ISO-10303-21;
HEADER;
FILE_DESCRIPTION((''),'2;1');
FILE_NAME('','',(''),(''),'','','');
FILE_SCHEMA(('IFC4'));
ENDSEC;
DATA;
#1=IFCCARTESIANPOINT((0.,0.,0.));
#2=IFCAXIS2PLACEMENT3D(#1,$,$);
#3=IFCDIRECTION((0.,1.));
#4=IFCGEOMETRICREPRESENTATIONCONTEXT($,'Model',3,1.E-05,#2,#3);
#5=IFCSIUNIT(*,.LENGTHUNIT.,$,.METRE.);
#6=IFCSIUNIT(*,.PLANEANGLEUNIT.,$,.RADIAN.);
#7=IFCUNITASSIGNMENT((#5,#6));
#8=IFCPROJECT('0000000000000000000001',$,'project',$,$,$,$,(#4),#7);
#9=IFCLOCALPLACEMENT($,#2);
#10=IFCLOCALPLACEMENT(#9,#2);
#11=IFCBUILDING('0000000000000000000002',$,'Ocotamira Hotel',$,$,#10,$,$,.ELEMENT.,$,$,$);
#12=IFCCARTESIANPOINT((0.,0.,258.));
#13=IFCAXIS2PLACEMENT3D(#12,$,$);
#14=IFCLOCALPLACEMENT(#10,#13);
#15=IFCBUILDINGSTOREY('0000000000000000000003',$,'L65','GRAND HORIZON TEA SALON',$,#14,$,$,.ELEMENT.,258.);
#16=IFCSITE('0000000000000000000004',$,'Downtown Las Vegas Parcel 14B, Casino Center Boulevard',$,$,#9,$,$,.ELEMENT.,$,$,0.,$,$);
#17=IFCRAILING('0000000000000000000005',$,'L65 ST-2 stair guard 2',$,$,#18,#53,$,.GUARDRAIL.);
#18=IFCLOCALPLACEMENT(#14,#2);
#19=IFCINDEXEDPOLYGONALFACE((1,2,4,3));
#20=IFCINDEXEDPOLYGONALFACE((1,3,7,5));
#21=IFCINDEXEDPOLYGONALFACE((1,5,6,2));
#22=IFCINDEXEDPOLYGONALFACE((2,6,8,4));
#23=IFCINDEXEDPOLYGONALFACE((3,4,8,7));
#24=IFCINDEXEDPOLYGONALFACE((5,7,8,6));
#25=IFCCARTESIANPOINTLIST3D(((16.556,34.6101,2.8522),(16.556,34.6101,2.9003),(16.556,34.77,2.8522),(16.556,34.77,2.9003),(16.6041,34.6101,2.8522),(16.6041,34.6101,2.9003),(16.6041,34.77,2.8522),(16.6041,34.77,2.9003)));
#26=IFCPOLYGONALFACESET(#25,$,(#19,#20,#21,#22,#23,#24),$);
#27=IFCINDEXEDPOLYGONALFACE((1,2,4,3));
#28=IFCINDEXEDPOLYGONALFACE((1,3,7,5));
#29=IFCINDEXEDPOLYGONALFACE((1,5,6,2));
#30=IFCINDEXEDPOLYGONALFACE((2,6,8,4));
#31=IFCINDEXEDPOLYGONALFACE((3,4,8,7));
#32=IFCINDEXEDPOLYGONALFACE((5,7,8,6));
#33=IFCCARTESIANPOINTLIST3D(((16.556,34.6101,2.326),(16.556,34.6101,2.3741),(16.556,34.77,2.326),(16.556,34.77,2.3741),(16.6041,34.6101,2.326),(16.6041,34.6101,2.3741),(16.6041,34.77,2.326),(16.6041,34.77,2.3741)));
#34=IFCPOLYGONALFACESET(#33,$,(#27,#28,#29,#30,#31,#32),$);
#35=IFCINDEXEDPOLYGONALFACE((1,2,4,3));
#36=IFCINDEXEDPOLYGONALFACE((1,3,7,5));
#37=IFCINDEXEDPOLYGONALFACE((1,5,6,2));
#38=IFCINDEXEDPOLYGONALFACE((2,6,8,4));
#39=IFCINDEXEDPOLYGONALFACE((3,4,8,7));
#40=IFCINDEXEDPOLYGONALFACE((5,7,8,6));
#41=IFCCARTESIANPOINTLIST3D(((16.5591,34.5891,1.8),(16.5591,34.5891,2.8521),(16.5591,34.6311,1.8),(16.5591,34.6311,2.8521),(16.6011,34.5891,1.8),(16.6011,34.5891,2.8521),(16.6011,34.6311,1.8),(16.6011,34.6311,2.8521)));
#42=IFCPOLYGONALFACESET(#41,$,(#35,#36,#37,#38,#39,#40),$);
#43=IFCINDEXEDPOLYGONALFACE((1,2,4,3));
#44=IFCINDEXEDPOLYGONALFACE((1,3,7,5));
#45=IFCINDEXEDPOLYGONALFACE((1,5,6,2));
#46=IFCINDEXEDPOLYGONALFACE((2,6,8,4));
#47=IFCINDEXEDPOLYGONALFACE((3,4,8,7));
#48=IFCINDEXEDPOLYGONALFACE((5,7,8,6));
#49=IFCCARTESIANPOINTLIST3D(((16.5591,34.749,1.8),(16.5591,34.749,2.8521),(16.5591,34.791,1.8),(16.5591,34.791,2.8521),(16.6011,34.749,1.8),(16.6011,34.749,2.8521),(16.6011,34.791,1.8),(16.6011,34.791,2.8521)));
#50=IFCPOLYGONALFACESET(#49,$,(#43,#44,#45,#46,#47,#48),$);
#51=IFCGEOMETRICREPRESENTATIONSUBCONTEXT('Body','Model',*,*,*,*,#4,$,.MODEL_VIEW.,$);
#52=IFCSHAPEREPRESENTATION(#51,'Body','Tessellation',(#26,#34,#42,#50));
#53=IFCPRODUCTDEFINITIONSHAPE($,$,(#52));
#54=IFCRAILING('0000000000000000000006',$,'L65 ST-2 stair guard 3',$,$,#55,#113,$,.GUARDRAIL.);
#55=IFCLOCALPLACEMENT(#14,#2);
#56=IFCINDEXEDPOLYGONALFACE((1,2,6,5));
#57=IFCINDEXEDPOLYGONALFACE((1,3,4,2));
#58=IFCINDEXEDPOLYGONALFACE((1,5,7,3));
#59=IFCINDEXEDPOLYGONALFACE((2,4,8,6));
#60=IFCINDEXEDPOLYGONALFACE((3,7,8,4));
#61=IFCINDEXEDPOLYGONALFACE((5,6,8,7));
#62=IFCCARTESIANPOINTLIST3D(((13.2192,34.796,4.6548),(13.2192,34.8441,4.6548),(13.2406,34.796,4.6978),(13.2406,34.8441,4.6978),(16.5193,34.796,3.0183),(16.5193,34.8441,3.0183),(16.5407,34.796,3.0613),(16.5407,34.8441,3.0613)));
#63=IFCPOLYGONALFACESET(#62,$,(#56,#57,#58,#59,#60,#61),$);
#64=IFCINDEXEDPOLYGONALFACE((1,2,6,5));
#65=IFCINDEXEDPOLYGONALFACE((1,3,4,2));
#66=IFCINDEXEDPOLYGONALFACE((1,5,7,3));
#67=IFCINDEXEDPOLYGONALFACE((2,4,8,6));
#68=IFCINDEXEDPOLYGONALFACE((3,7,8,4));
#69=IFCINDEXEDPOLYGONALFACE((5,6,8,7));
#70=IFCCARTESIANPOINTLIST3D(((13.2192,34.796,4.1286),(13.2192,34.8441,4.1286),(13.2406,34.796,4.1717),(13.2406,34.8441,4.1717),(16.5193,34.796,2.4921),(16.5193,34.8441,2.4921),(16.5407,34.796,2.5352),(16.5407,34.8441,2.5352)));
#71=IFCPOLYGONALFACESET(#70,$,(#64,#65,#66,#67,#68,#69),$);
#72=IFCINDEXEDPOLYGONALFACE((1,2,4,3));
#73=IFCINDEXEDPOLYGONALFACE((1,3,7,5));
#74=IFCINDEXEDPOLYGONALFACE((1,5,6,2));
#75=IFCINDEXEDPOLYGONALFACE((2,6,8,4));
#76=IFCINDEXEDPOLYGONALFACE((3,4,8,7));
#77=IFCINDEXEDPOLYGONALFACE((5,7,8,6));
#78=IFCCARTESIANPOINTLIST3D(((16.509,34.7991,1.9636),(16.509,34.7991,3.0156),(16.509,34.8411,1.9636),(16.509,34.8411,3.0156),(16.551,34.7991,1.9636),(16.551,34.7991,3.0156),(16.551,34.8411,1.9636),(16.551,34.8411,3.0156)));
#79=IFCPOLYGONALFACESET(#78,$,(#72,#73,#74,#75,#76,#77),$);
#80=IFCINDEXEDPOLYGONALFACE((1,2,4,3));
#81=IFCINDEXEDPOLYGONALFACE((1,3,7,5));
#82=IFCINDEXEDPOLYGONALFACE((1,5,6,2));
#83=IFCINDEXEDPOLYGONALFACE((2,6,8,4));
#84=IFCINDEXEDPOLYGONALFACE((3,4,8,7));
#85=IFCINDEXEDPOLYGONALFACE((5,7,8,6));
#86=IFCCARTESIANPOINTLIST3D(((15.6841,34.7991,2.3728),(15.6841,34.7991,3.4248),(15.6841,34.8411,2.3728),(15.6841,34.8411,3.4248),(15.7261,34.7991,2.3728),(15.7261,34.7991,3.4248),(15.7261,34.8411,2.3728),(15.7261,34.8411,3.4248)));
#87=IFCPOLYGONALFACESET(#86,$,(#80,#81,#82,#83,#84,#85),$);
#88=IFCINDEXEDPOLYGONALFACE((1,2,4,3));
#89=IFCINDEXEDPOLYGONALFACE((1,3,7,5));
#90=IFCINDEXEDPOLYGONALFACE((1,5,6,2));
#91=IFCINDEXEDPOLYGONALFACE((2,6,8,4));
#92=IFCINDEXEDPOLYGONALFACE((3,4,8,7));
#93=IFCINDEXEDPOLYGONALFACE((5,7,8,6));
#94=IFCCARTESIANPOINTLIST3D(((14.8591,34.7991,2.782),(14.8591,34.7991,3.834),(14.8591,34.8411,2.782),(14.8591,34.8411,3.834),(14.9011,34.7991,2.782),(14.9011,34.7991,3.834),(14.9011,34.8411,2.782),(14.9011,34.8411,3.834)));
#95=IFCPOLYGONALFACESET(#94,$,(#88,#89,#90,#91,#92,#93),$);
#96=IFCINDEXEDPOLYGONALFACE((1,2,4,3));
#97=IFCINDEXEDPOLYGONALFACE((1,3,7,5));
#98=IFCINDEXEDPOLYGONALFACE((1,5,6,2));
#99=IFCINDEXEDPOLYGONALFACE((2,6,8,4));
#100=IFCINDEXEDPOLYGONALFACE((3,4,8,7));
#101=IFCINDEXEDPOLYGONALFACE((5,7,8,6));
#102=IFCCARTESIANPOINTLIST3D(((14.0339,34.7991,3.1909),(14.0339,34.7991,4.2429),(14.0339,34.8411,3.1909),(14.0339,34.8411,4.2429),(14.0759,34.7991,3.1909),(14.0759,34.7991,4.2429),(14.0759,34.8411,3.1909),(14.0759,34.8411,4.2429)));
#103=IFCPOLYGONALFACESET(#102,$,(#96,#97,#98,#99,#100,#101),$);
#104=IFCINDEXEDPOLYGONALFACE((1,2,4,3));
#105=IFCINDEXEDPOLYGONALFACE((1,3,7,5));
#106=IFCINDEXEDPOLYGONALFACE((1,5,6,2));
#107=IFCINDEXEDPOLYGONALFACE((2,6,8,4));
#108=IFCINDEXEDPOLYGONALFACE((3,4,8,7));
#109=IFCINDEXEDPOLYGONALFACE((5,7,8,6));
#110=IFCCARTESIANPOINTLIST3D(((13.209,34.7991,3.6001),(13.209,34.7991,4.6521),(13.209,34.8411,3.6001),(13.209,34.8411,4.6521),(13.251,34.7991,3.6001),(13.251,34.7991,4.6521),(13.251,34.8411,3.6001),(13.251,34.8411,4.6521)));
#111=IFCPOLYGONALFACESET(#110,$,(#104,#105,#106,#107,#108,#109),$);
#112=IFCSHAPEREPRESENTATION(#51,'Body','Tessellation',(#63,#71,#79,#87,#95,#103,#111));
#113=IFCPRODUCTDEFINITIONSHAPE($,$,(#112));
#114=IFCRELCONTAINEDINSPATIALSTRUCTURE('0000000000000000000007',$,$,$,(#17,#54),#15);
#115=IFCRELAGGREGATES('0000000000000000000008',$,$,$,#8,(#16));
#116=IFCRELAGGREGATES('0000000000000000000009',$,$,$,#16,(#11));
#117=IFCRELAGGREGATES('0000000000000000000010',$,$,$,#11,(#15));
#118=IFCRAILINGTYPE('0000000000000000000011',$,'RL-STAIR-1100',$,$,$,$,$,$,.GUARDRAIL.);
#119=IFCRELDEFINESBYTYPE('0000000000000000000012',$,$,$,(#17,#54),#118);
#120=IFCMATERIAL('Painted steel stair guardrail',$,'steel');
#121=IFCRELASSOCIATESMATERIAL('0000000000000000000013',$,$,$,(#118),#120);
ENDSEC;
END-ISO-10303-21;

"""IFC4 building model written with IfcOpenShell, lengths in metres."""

from ifc_helpers import new_model, si_unit, direction, frame, origin, origin_2d, place, context, subcontext, project, spatial, rectangle, extrude, material, type_object, element, save


model = new_model("IFC4")

# Units and contexts
model_context = context("Model", 3, precision=1e-05, world=origin(), true_north=direction((0.0, 1.0)))
body_context = subcontext(model_context, "Body", "Model", "MODEL_VIEW")
ifc_project = project(units=[si_unit("LENGTHUNIT", "METRE"), si_unit("PLANEANGLEUNIT", "RADIAN")], contexts=[model_context])

# Site, building, storey
site_placement = place(None, origin())
site = spatial("IfcSite", under=ifc_project, at=site_placement, Name="Downtown Las Vegas Parcel 14B, Casino Center Boulevard", CompositionType="ELEMENT", RefElevation=0.0)
building_placement = place(site_placement, origin())
building = spatial("IfcBuilding", under=site, at=building_placement, Name="Ocotamira Hotel", CompositionType="ELEMENT")
storey_placement = place(building_placement, frame((0.0, 0.0, 258.0)))
storey = spatial("IfcBuildingStorey", under=building, at=storey_placement, Name="L65", Description="GRAND HORIZON TEA SALON", CompositionType="ELEMENT", Elevation=258.0)

# Railings
ifc_material_1 = material(Name="Painted steel stair guardrail", Category="steel")
railing_type_1 = type_object("IfcRailingType", Name="RL-STAIR-1100", PredefinedType="GUARDRAIL", material=ifc_material_1)
railing_1_placement = place(storey_placement, frame((16.5801, 34.6101, 1.8)))
element("IfcRailing", 1, at=railing_1_placement, inside=storey, type_object=railing_type_1, Name="L65 ST-2 stair guard 2", PredefinedType="GUARDRAIL", context=body_context, shape_type="SweptSolid", body=[
    extrude(rectangle(XDim=0.0481, YDim=0.0481, at=origin_2d()), frame((0.0, 0.0, 1.0762), z_axis=(0.0, 1.0, 0.0), x_axis=(-1.0, 0.0, 0.0)), (0.0, 0.0, 1.0), 0.1599),
    extrude(rectangle(XDim=0.0481, YDim=0.0481, at=origin_2d()), frame((0.0, 0.0, 0.55), z_axis=(0.0, 1.0, 0.0), x_axis=(-1.0, 0.0, 0.0)), (0.0, 0.0, 1.0), 0.1599),
    extrude(rectangle(XDim=0.042, YDim=0.042, at=origin_2d()), origin(), (0.0, 0.0, 1.0), 1.052),
    extrude(rectangle(XDim=0.042, YDim=0.042, at=origin_2d()), frame((0.0, 0.1599, 0.0)), (0.0, 0.0, 1.0), 1.052),
])
railing_2_placement = place(storey_placement, frame((16.53, 34.8201, 1.9636)))
element("IfcRailing", 2, at=railing_2_placement, inside=storey, type_object=railing_type_1, Name="L65 ST-2 stair guard 3", PredefinedType="GUARDRAIL", context=body_context, shape_type="SweptSolid", body=[
    extrude(rectangle(XDim=0.0481, YDim=0.0481, at=origin_2d()), frame((0.0, 0.0, 1.0762), z_axis=(-0.895894, 0.0, 0.444268), x_axis=(0.0, -1.0, 0.0)), (0.0, 0.0, 1.0), 3.6836),
    extrude(rectangle(XDim=0.0481, YDim=0.0481, at=origin_2d()), frame((0.0, 0.0, 0.55), z_axis=(-0.895894, 0.0, 0.444268), x_axis=(0.0, -1.0, 0.0)), (0.0, 0.0, 1.0), 3.6836),
    extrude(rectangle(XDim=0.042, YDim=0.042, at=origin_2d()), origin(), (0.0, 0.0, 1.0), 1.052),
    extrude(rectangle(XDim=0.042, YDim=0.042, at=origin_2d()), frame((-0.825, 0.0, 0.4092)), (0.0, 0.0, 1.0), 1.052),
    extrude(rectangle(XDim=0.042, YDim=0.042, at=origin_2d()), frame((-1.6499, 0.0, 0.8184)), (0.0, 0.0, 1.0), 1.052),
    extrude(rectangle(XDim=0.042, YDim=0.042, at=origin_2d()), frame((-2.4751, 0.0, 1.2273)), (0.0, 0.0, 1.0), 1.052),
    extrude(rectangle(XDim=0.042, YDim=0.042, at=origin_2d()), frame((-3.3, 0.0, 1.6365)), (0.0, 0.0, 1.0), 1.052),
])

save(model, "model.ifc")
